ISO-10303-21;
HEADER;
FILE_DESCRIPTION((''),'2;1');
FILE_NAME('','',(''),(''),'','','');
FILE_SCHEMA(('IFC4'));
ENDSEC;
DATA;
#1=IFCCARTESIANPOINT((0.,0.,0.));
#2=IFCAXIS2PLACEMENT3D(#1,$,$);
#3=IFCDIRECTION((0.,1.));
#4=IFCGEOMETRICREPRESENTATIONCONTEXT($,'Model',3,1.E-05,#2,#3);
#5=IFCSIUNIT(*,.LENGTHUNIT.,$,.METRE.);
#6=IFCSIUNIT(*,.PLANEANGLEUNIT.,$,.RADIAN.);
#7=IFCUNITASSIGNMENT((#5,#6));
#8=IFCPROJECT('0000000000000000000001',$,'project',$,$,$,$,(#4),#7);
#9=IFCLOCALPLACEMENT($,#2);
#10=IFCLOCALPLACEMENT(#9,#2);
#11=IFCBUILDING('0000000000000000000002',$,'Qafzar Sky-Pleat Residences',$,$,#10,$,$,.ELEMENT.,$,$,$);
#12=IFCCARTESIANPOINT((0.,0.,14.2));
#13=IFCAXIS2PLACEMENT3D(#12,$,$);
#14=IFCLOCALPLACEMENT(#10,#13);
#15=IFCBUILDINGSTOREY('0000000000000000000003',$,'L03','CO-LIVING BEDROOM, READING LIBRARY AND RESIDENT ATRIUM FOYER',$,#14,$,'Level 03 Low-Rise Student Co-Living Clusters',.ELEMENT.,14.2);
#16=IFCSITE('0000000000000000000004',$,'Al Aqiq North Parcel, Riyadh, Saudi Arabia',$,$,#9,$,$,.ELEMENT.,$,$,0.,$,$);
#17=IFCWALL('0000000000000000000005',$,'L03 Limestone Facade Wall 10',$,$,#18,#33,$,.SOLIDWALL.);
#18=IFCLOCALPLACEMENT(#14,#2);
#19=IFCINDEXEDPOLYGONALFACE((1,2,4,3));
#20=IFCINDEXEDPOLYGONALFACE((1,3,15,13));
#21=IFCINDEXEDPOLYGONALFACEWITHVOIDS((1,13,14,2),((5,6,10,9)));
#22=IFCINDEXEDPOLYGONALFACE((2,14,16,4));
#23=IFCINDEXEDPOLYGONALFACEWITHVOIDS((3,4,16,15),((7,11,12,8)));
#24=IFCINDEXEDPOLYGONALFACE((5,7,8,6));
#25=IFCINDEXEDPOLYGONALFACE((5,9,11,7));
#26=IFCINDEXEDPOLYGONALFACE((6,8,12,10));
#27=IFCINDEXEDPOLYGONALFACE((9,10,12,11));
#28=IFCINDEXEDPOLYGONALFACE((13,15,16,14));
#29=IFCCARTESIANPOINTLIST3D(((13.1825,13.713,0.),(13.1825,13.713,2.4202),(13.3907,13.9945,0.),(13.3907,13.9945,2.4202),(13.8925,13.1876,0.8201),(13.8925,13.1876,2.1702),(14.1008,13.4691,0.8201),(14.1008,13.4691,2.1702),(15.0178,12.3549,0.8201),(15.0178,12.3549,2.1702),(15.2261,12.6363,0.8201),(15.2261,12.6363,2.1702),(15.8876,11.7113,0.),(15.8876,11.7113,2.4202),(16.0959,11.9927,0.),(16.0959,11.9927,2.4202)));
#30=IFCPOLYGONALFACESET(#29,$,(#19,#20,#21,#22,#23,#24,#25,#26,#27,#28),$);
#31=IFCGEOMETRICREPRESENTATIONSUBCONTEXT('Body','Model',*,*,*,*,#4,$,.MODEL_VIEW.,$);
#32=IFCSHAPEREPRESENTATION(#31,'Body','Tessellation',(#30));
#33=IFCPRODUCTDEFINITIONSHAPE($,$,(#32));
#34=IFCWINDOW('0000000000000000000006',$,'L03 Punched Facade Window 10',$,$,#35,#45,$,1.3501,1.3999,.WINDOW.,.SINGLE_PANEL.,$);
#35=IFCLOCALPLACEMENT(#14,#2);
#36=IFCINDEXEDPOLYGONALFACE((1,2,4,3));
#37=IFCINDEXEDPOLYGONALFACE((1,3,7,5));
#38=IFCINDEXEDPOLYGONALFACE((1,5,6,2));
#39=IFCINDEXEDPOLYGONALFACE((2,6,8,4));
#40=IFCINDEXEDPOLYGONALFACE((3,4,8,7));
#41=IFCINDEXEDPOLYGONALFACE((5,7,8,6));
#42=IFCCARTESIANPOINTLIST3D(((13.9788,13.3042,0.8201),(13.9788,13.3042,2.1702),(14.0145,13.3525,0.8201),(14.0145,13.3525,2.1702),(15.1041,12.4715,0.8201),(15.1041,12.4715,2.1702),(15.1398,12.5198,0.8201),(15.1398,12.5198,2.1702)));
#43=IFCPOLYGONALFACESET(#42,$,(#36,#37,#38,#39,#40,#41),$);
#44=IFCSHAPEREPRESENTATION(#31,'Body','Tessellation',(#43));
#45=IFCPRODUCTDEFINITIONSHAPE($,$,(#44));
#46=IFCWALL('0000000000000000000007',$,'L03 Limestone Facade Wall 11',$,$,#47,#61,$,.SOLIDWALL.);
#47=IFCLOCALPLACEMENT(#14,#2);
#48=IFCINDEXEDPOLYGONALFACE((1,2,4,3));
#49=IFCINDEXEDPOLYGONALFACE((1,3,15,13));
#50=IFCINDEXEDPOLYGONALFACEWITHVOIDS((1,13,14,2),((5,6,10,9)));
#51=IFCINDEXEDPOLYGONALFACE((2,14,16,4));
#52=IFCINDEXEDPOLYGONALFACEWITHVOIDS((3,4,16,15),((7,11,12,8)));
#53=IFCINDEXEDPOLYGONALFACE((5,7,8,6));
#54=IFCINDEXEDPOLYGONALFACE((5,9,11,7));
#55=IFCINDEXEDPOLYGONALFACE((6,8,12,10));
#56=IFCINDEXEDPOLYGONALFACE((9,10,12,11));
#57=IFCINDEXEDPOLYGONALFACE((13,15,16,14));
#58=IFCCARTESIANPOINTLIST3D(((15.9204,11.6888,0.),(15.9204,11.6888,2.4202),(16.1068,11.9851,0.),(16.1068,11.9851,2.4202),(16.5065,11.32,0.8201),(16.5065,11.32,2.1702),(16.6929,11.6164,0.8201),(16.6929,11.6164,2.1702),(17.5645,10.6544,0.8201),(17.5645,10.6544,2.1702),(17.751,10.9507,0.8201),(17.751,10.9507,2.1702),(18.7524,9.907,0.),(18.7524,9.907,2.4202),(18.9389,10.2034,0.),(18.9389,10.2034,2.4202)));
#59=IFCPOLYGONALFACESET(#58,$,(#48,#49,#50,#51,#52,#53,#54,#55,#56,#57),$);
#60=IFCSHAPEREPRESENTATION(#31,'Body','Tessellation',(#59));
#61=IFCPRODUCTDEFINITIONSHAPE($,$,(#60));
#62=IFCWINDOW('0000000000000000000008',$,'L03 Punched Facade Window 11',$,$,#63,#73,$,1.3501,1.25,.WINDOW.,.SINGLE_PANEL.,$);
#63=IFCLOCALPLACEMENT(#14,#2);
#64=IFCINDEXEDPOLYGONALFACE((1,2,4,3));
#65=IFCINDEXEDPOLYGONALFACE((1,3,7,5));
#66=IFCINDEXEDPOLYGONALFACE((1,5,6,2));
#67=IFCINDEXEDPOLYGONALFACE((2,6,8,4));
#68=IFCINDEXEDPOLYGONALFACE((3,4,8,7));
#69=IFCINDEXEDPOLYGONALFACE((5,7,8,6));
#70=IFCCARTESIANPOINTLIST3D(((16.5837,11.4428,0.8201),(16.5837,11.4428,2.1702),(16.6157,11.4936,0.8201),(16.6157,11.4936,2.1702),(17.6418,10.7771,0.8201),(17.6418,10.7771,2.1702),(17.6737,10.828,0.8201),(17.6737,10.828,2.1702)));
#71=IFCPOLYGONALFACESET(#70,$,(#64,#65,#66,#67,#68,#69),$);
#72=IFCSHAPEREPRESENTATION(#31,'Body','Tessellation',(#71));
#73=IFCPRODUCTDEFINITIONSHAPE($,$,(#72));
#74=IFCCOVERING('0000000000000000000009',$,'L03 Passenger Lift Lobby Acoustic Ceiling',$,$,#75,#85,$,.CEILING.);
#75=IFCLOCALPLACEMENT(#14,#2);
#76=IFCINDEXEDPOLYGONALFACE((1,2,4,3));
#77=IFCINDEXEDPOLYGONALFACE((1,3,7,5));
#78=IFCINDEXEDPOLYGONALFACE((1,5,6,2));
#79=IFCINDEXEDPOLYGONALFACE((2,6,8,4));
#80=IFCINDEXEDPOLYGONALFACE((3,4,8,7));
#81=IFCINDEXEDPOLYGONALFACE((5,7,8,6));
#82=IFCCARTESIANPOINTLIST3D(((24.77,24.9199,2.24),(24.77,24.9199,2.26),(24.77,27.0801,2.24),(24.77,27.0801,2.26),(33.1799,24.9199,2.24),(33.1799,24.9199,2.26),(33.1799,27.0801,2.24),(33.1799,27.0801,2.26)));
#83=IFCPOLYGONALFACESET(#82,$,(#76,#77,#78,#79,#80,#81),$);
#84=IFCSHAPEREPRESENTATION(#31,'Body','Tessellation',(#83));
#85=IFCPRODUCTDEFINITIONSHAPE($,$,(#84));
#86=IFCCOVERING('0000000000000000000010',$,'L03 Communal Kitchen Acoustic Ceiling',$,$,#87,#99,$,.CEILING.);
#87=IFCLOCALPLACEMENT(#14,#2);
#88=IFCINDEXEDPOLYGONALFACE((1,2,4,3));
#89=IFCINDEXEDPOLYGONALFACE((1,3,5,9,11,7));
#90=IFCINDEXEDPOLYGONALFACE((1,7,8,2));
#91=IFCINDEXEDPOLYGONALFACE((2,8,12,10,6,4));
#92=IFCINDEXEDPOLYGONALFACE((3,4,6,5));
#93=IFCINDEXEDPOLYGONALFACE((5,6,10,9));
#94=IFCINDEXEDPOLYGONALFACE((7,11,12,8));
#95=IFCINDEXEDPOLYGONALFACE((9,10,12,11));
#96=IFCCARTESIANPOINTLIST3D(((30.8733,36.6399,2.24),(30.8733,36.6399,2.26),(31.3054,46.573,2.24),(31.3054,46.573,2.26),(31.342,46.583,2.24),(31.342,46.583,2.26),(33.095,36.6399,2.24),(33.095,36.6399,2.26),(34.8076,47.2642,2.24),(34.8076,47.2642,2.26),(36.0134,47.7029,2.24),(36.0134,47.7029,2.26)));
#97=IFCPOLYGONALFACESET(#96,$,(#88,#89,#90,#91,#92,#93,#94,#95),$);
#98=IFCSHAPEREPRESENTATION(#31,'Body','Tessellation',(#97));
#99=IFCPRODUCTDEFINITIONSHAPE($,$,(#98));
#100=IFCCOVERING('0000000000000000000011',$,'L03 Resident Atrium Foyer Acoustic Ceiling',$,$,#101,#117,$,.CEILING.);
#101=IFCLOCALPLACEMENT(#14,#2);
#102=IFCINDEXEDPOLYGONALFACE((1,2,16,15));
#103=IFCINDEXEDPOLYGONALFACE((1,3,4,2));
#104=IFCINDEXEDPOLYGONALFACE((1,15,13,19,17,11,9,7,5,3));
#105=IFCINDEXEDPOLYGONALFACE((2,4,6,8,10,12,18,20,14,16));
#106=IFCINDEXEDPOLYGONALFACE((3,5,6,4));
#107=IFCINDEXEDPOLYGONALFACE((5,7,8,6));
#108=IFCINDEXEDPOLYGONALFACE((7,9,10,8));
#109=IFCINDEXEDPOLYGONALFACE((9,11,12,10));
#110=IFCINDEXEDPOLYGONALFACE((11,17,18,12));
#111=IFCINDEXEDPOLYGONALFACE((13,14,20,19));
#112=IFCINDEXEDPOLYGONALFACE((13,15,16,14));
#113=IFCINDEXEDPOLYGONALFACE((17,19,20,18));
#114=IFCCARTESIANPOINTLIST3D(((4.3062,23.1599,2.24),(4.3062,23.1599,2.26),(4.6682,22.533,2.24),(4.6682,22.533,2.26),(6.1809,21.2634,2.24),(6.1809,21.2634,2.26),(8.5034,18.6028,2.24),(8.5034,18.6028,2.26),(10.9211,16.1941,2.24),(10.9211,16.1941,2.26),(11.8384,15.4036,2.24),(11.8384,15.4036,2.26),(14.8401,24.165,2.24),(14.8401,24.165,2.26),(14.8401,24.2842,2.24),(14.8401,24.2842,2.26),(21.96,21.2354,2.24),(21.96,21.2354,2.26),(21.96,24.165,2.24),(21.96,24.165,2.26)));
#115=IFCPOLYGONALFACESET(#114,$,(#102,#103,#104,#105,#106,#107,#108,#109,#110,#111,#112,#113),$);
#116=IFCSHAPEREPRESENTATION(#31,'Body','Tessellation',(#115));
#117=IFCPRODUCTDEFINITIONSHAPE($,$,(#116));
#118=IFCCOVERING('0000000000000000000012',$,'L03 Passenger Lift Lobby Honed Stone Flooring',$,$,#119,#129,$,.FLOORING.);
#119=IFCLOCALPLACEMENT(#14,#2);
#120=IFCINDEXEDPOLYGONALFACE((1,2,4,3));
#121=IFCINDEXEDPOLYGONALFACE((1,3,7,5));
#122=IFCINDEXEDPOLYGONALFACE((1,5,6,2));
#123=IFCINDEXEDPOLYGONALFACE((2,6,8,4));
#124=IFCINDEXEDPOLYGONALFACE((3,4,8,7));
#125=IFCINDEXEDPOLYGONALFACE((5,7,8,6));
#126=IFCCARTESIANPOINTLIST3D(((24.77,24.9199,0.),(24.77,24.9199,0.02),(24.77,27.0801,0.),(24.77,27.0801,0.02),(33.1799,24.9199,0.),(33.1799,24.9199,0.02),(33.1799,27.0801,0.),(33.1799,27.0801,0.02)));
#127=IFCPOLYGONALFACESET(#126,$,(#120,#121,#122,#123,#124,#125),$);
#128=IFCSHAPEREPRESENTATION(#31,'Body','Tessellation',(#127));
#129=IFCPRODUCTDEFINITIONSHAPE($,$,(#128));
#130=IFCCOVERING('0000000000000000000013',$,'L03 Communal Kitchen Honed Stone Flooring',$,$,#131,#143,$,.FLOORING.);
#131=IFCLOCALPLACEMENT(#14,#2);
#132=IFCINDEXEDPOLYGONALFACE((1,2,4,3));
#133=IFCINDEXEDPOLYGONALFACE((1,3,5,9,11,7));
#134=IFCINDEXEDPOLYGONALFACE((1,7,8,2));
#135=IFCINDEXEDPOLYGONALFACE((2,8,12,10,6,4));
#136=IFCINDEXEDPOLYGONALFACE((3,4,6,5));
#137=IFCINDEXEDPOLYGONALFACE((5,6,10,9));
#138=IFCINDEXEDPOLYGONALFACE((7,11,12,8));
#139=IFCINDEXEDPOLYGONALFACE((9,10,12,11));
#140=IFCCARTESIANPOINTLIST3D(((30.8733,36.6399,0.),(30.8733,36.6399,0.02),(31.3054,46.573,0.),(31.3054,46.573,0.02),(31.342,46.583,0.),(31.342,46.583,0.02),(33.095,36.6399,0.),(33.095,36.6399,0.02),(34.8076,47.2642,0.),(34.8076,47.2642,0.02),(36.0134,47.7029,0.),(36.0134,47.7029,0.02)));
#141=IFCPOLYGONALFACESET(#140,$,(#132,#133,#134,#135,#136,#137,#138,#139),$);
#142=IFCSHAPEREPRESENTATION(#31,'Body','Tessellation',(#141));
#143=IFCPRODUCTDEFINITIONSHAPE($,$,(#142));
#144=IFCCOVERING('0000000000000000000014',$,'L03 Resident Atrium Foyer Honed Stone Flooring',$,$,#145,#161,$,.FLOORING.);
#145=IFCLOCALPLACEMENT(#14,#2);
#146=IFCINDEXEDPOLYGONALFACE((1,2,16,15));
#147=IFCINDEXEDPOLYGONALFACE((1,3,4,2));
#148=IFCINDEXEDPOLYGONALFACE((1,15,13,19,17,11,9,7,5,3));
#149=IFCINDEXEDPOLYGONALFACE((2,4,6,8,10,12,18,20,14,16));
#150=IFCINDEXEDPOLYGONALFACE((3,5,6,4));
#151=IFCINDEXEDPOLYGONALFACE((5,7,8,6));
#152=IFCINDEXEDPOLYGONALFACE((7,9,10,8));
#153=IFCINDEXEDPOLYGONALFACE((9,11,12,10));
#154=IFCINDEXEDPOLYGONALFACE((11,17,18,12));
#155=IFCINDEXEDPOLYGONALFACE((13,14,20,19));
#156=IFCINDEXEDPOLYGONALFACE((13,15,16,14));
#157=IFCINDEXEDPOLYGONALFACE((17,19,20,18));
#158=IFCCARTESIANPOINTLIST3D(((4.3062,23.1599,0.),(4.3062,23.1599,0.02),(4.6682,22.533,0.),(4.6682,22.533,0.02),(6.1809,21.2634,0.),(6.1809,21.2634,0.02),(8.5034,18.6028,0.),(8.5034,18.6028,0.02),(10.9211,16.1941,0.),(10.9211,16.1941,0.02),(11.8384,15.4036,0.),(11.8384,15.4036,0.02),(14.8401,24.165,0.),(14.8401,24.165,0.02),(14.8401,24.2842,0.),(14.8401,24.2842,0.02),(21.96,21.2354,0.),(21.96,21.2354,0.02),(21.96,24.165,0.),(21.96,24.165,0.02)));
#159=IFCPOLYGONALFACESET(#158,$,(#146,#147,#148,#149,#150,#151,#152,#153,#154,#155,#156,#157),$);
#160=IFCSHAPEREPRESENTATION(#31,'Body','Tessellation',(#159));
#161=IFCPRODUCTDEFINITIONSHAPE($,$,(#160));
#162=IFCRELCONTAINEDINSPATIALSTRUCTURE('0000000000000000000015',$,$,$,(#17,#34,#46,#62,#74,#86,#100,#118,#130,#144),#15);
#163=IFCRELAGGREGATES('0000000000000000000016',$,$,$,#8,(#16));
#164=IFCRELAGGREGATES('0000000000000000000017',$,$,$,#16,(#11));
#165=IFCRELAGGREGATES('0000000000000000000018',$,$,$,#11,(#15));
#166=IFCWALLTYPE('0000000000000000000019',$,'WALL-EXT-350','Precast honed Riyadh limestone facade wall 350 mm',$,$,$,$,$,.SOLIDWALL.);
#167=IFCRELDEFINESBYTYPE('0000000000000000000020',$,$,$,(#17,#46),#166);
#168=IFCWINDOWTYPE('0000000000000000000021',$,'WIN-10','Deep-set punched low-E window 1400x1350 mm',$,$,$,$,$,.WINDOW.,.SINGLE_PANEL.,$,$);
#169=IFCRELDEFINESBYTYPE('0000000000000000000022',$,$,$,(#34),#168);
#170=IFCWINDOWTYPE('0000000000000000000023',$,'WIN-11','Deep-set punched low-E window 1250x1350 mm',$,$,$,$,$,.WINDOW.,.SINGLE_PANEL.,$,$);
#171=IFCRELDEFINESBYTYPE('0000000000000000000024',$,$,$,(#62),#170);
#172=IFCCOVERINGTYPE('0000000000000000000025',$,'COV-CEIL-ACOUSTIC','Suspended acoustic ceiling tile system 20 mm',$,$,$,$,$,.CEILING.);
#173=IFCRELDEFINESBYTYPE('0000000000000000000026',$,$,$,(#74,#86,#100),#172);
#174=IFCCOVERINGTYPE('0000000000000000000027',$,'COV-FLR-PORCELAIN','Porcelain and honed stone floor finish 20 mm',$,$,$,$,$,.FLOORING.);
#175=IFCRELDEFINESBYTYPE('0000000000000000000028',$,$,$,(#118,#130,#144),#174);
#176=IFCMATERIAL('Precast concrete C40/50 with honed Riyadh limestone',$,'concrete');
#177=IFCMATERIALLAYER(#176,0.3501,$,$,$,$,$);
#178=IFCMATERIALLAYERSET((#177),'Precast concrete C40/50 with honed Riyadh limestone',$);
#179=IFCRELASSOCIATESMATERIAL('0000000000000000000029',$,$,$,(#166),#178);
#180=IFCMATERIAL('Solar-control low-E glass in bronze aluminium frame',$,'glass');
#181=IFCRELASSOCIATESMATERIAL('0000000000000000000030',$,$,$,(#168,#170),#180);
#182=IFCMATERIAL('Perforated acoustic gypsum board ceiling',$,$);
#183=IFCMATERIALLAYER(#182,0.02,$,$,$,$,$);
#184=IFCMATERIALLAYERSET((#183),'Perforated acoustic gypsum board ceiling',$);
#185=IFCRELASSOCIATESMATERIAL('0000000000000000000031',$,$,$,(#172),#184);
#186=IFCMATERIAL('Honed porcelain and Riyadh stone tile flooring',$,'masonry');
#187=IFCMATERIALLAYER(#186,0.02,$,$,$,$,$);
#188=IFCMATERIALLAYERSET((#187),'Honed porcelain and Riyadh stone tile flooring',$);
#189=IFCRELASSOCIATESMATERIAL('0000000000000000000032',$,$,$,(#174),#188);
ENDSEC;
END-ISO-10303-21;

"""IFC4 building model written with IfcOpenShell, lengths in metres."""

from ifc_helpers import new_model, si_unit, direction, frame, frame_2d, origin, place, context, subcontext, project, spatial, polyline, rectangle, outline, extrude, source, transform, mapped, material, layer, layer_set, type_object, element, fill, save


model = new_model("IFC4")

# Units and contexts
model_context = context("Model", 3, precision=1e-05, world=origin(), true_north=direction((0.0, 1.0)))
body_context = subcontext(model_context, "Body", "Model", "MODEL_VIEW")
ifc_project = project(units=[si_unit("LENGTHUNIT", "METRE"), si_unit("PLANEANGLEUNIT", "RADIAN")], contexts=[model_context])

# Site, building, storey
site_placement = place(None, origin())
site = spatial("IfcSite", under=ifc_project, at=site_placement, Name="Al Aqiq North Parcel, Riyadh, Saudi Arabia", CompositionType="ELEMENT", RefElevation=0.0)
building_placement = place(site_placement, origin())
building = spatial("IfcBuilding", under=site, at=building_placement, Name="Qafzar Sky-Pleat Residences", CompositionType="ELEMENT")
storey_placement = place(building_placement, frame((0.0, 0.0, 14.2)))
storey = spatial("IfcBuildingStorey", under=building, at=storey_placement, Name="L03", Description="CO-LIVING BEDROOM, READING LIBRARY AND RESIDENT ATRIUM FOYER", LongName="Level 03 Low-Rise Student Co-Living Clusters", CompositionType="ELEMENT", Elevation=14.2)

# Walls, openings, windows
ifc_material_1 = material(Name="Precast concrete C40/50 with honed Riyadh limestone", Category="concrete")
ifc_layer_1 = layer(ifc_material_1, 0.3501)
ifc_layer_set_1 = layer_set([ifc_layer_1], Name="Precast concrete C40/50 with honed Riyadh limestone")
wall_type_1 = type_object("IfcWallType", Name="WALL-EXT-350", Description="Precast honed Riyadh limestone facade wall 350 mm", PredefinedType="SOLIDWALL", material=ifc_layer_set_1)
wall_1_placement = place(storey_placement, frame((13.2866, 13.8538, 0.0), z_axis=(0.0, 0.0, 1.0), x_axis=(0.803849, -0.594834, 0.0)))
wall_1 = element("IfcWall", 1, at=wall_1_placement, inside=storey, type_object=wall_type_1, Name="L03 Limestone Facade Wall 10", PredefinedType="SOLIDWALL", context=body_context, shape_type="SweptSolid", body=[
    extrude(rectangle(XDim=3.3652, YDim=0.3501, at=frame_2d((1.6826, 0.0))), origin(), (0.0, 0.0, 1.0), 2.4202),
])
opening_1_placement = place(wall_1_placement, frame((0.8833, 0.0, 0.8201)))
opening_1 = element("IfcOpeningElement", 2, at=opening_1_placement, cuts=wall_1, PredefinedType="OPENING", context=body_context, shape_type="SweptSolid", body=[
    extrude(rectangle(XDim=1.3999, YDim=1.3501, at=frame_2d((0.7, 0.675))), frame((0.0, 0.1851, 0.0), z_axis=(0.0, -1.0, 0.0), x_axis=(1.0, 0.0, 0.0)), (0.0, 0.0, 1.0), 0.3701),
])
ifc_material_2 = material(Name="Solar-control low-E glass in bronze aluminium frame", Category="glass")
window_type_1 = type_object("IfcWindowType", Name="WIN-10", Description="Deep-set punched low-E window 1400x1350 mm", PartitioningType="SINGLE_PANEL", PredefinedType="WINDOW", material=ifc_material_2)
shared_shape_1 = source(origin(), body_context, "Body", "SweptSolid", [
    extrude(rectangle(XDim=1.3999, YDim=1.3501, at=frame_2d((0.7, 0.675))), frame((0.0, 0.03, 0.0), z_axis=(0.0, -1.0, 0.0), x_axis=(1.0, 0.0, 0.0)), (0.0, 0.0, 1.0), 0.0601),
])
window_1_placement = place(opening_1_placement, origin())
window_1 = element("IfcWindow", 3, at=window_1_placement, inside=storey, type_object=window_type_1, Name="L03 Punched Facade Window 10", OverallHeight=1.3501, OverallWidth=1.3999, PartitioningType="SINGLE_PANEL", PredefinedType="WINDOW", context=body_context, shape_type="MappedRepresentation", body=[
    mapped(shared_shape_1, transform((0.0, 0.0, 0.0), x_axis=(1.0, 0.0, 0.0), y_axis=(0.0, 1.0, 0.0), z_axis=(0.0, 0.0, 1.0), scale=1.0)),
])
fill(opening_1, window_1)
wall_2_placement = place(storey_placement, frame((16.0137, 11.8369, 0.0), z_axis=(0.0, 0.0, 1.0), x_axis=(0.84642, -0.532515, 0.0)))
wall_2 = element("IfcWall", 4, at=wall_2_placement, inside=storey, type_object=wall_type_1, Name="L03 Limestone Facade Wall 11", PredefinedType="SOLIDWALL", context=body_context, shape_type="SweptSolid", body=[
    extrude(rectangle(XDim=3.3459, YDim=0.3501, at=frame_2d((1.6729, 0.0))), origin(), (0.0, 0.0, 1.0), 2.4202),
])
opening_2_placement = place(wall_2_placement, frame((0.6924, 0.0, 0.8201)))
opening_2 = element("IfcOpeningElement", 5, at=opening_2_placement, cuts=wall_2, PredefinedType="OPENING", context=body_context, shape_type="SweptSolid", body=[
    extrude(rectangle(XDim=1.25, YDim=1.3501, at=frame_2d((0.625, 0.675))), frame((0.0, 0.1851, 0.0), z_axis=(0.0, -1.0, 0.0), x_axis=(1.0, 0.0, 0.0)), (0.0, 0.0, 1.0), 0.3701),
])
window_type_2 = type_object("IfcWindowType", Name="WIN-11", Description="Deep-set punched low-E window 1250x1350 mm", PartitioningType="SINGLE_PANEL", PredefinedType="WINDOW", material=ifc_material_2)
shared_shape_2 = source(origin(), body_context, "Body", "SweptSolid", [
    extrude(rectangle(XDim=1.25, YDim=1.3501, at=frame_2d((0.625, 0.675))), frame((0.0, 0.03, 0.0), z_axis=(0.0, -1.0, 0.0), x_axis=(1.0, 0.0, 0.0)), (0.0, 0.0, 1.0), 0.0601),
])
window_2_placement = place(opening_2_placement, origin())
window_2 = element("IfcWindow", 6, at=window_2_placement, inside=storey, type_object=window_type_2, Name="L03 Punched Facade Window 11", OverallHeight=1.3501, OverallWidth=1.25, PartitioningType="SINGLE_PANEL", PredefinedType="WINDOW", context=body_context, shape_type="MappedRepresentation", body=[
    mapped(shared_shape_2, transform((0.0, 0.0, 0.0), x_axis=(1.0, 0.0, 0.0), y_axis=(0.0, 1.0, 0.0), z_axis=(0.0, 0.0, 1.0), scale=1.0)),
])
fill(opening_2, window_2)

# Coverings
ifc_material_3 = material(Name="Perforated acoustic gypsum board ceiling")
ifc_layer_2 = layer(ifc_material_3, 0.02)
ifc_layer_set_2 = layer_set([ifc_layer_2], Name="Perforated acoustic gypsum board ceiling")
covering_type_1 = type_object("IfcCoveringType", Name="COV-CEIL-ACOUSTIC", Description="Suspended acoustic ceiling tile system 20 mm", PredefinedType="CEILING", material=ifc_layer_set_2)
covering_1_placement = place(storey_placement, frame((0.0, 0.0, 2.24)))
element("IfcCovering", 7, at=covering_1_placement, inside=storey, type_object=covering_type_1, Name="L03 Passenger Lift Lobby Acoustic Ceiling", PredefinedType="CEILING", context=body_context, shape_type="SweptSolid", body=[
    extrude(outline(polyline([(33.1799, 24.9199), (24.77, 24.9199), (24.77, 27.0801), (33.1799, 27.0801), (33.1799, 24.9199)])), origin(), (0.0, 0.0, 1.0), 0.02),
])
covering_2_placement = place(storey_placement, frame((0.0, 0.0, 2.24)))
element("IfcCovering", 8, at=covering_2_placement, inside=storey, type_object=covering_type_1, Name="L03 Communal Kitchen Acoustic Ceiling", PredefinedType="CEILING", context=body_context, shape_type="SweptSolid", body=[
    extrude(outline(polyline([(34.8076, 47.2642), (36.0134, 47.7029), (33.095, 36.6399), (30.8733, 36.6399), (31.3054, 46.573), (31.342, 46.583), (34.8076, 47.2642)])), origin(), (0.0, 0.0, 1.0), 0.02),
])
covering_3_placement = place(storey_placement, frame((0.0, 0.0, 2.24)))
element("IfcCovering", 9, at=covering_3_placement, inside=storey, type_object=covering_type_1, Name="L03 Resident Atrium Foyer Acoustic Ceiling", PredefinedType="CEILING", context=body_context, shape_type="SweptSolid", body=[
    extrude(outline(polyline([(10.9211, 16.1941), (8.5034, 18.6028), (6.1809, 21.2634), (4.6682, 22.533), (4.3062, 23.1599), (14.8401, 24.2842), (14.8401, 24.165), (21.96, 24.165), (21.96, 21.2354), (11.8384, 15.4036), (10.9211, 16.1941)])), origin(), (0.0, 0.0, 1.0), 0.02),
])
ifc_material_4 = material(Name="Honed porcelain and Riyadh stone tile flooring", Category="masonry")
ifc_layer_3 = layer(ifc_material_4, 0.02)
ifc_layer_set_3 = layer_set([ifc_layer_3], Name="Honed porcelain and Riyadh stone tile flooring")
covering_type_2 = type_object("IfcCoveringType", Name="COV-FLR-PORCELAIN", Description="Porcelain and honed stone floor finish 20 mm", PredefinedType="FLOORING", material=ifc_layer_set_3)
covering_4_placement = place(storey_placement, origin())
element("IfcCovering", 10, at=covering_4_placement, inside=storey, type_object=covering_type_2, Name="L03 Passenger Lift Lobby Honed Stone Flooring", PredefinedType="FLOORING", context=body_context, shape_type="SweptSolid", body=[
    extrude(outline(polyline([(33.1799, 24.9199), (24.77, 24.9199), (24.77, 27.0801), (33.1799, 27.0801), (33.1799, 24.9199)])), origin(), (0.0, 0.0, 1.0), 0.02),
])
covering_5_placement = place(storey_placement, origin())
element("IfcCovering", 11, at=covering_5_placement, inside=storey, type_object=covering_type_2, Name="L03 Communal Kitchen Honed Stone Flooring", PredefinedType="FLOORING", context=body_context, shape_type="SweptSolid", body=[
    extrude(outline(polyline([(34.8076, 47.2642), (36.0134, 47.7029), (33.095, 36.6399), (30.8733, 36.6399), (31.3054, 46.573), (31.342, 46.583), (34.8076, 47.2642)])), origin(), (0.0, 0.0, 1.0), 0.02),
])
covering_6_placement = place(storey_placement, origin())
element("IfcCovering", 12, at=covering_6_placement, inside=storey, type_object=covering_type_2, Name="L03 Resident Atrium Foyer Honed Stone Flooring", PredefinedType="FLOORING", context=body_context, shape_type="SweptSolid", body=[
    extrude(outline(polyline([(10.9211, 16.1941), (8.5034, 18.6028), (6.1809, 21.2634), (4.6682, 22.533), (4.3062, 23.1599), (14.8401, 24.2842), (14.8401, 24.165), (21.96, 24.165), (21.96, 21.2354), (11.8384, 15.4036), (10.9211, 16.1941)])), origin(), (0.0, 0.0, 1.0), 0.02),
])

save(model, "model.ifc")
